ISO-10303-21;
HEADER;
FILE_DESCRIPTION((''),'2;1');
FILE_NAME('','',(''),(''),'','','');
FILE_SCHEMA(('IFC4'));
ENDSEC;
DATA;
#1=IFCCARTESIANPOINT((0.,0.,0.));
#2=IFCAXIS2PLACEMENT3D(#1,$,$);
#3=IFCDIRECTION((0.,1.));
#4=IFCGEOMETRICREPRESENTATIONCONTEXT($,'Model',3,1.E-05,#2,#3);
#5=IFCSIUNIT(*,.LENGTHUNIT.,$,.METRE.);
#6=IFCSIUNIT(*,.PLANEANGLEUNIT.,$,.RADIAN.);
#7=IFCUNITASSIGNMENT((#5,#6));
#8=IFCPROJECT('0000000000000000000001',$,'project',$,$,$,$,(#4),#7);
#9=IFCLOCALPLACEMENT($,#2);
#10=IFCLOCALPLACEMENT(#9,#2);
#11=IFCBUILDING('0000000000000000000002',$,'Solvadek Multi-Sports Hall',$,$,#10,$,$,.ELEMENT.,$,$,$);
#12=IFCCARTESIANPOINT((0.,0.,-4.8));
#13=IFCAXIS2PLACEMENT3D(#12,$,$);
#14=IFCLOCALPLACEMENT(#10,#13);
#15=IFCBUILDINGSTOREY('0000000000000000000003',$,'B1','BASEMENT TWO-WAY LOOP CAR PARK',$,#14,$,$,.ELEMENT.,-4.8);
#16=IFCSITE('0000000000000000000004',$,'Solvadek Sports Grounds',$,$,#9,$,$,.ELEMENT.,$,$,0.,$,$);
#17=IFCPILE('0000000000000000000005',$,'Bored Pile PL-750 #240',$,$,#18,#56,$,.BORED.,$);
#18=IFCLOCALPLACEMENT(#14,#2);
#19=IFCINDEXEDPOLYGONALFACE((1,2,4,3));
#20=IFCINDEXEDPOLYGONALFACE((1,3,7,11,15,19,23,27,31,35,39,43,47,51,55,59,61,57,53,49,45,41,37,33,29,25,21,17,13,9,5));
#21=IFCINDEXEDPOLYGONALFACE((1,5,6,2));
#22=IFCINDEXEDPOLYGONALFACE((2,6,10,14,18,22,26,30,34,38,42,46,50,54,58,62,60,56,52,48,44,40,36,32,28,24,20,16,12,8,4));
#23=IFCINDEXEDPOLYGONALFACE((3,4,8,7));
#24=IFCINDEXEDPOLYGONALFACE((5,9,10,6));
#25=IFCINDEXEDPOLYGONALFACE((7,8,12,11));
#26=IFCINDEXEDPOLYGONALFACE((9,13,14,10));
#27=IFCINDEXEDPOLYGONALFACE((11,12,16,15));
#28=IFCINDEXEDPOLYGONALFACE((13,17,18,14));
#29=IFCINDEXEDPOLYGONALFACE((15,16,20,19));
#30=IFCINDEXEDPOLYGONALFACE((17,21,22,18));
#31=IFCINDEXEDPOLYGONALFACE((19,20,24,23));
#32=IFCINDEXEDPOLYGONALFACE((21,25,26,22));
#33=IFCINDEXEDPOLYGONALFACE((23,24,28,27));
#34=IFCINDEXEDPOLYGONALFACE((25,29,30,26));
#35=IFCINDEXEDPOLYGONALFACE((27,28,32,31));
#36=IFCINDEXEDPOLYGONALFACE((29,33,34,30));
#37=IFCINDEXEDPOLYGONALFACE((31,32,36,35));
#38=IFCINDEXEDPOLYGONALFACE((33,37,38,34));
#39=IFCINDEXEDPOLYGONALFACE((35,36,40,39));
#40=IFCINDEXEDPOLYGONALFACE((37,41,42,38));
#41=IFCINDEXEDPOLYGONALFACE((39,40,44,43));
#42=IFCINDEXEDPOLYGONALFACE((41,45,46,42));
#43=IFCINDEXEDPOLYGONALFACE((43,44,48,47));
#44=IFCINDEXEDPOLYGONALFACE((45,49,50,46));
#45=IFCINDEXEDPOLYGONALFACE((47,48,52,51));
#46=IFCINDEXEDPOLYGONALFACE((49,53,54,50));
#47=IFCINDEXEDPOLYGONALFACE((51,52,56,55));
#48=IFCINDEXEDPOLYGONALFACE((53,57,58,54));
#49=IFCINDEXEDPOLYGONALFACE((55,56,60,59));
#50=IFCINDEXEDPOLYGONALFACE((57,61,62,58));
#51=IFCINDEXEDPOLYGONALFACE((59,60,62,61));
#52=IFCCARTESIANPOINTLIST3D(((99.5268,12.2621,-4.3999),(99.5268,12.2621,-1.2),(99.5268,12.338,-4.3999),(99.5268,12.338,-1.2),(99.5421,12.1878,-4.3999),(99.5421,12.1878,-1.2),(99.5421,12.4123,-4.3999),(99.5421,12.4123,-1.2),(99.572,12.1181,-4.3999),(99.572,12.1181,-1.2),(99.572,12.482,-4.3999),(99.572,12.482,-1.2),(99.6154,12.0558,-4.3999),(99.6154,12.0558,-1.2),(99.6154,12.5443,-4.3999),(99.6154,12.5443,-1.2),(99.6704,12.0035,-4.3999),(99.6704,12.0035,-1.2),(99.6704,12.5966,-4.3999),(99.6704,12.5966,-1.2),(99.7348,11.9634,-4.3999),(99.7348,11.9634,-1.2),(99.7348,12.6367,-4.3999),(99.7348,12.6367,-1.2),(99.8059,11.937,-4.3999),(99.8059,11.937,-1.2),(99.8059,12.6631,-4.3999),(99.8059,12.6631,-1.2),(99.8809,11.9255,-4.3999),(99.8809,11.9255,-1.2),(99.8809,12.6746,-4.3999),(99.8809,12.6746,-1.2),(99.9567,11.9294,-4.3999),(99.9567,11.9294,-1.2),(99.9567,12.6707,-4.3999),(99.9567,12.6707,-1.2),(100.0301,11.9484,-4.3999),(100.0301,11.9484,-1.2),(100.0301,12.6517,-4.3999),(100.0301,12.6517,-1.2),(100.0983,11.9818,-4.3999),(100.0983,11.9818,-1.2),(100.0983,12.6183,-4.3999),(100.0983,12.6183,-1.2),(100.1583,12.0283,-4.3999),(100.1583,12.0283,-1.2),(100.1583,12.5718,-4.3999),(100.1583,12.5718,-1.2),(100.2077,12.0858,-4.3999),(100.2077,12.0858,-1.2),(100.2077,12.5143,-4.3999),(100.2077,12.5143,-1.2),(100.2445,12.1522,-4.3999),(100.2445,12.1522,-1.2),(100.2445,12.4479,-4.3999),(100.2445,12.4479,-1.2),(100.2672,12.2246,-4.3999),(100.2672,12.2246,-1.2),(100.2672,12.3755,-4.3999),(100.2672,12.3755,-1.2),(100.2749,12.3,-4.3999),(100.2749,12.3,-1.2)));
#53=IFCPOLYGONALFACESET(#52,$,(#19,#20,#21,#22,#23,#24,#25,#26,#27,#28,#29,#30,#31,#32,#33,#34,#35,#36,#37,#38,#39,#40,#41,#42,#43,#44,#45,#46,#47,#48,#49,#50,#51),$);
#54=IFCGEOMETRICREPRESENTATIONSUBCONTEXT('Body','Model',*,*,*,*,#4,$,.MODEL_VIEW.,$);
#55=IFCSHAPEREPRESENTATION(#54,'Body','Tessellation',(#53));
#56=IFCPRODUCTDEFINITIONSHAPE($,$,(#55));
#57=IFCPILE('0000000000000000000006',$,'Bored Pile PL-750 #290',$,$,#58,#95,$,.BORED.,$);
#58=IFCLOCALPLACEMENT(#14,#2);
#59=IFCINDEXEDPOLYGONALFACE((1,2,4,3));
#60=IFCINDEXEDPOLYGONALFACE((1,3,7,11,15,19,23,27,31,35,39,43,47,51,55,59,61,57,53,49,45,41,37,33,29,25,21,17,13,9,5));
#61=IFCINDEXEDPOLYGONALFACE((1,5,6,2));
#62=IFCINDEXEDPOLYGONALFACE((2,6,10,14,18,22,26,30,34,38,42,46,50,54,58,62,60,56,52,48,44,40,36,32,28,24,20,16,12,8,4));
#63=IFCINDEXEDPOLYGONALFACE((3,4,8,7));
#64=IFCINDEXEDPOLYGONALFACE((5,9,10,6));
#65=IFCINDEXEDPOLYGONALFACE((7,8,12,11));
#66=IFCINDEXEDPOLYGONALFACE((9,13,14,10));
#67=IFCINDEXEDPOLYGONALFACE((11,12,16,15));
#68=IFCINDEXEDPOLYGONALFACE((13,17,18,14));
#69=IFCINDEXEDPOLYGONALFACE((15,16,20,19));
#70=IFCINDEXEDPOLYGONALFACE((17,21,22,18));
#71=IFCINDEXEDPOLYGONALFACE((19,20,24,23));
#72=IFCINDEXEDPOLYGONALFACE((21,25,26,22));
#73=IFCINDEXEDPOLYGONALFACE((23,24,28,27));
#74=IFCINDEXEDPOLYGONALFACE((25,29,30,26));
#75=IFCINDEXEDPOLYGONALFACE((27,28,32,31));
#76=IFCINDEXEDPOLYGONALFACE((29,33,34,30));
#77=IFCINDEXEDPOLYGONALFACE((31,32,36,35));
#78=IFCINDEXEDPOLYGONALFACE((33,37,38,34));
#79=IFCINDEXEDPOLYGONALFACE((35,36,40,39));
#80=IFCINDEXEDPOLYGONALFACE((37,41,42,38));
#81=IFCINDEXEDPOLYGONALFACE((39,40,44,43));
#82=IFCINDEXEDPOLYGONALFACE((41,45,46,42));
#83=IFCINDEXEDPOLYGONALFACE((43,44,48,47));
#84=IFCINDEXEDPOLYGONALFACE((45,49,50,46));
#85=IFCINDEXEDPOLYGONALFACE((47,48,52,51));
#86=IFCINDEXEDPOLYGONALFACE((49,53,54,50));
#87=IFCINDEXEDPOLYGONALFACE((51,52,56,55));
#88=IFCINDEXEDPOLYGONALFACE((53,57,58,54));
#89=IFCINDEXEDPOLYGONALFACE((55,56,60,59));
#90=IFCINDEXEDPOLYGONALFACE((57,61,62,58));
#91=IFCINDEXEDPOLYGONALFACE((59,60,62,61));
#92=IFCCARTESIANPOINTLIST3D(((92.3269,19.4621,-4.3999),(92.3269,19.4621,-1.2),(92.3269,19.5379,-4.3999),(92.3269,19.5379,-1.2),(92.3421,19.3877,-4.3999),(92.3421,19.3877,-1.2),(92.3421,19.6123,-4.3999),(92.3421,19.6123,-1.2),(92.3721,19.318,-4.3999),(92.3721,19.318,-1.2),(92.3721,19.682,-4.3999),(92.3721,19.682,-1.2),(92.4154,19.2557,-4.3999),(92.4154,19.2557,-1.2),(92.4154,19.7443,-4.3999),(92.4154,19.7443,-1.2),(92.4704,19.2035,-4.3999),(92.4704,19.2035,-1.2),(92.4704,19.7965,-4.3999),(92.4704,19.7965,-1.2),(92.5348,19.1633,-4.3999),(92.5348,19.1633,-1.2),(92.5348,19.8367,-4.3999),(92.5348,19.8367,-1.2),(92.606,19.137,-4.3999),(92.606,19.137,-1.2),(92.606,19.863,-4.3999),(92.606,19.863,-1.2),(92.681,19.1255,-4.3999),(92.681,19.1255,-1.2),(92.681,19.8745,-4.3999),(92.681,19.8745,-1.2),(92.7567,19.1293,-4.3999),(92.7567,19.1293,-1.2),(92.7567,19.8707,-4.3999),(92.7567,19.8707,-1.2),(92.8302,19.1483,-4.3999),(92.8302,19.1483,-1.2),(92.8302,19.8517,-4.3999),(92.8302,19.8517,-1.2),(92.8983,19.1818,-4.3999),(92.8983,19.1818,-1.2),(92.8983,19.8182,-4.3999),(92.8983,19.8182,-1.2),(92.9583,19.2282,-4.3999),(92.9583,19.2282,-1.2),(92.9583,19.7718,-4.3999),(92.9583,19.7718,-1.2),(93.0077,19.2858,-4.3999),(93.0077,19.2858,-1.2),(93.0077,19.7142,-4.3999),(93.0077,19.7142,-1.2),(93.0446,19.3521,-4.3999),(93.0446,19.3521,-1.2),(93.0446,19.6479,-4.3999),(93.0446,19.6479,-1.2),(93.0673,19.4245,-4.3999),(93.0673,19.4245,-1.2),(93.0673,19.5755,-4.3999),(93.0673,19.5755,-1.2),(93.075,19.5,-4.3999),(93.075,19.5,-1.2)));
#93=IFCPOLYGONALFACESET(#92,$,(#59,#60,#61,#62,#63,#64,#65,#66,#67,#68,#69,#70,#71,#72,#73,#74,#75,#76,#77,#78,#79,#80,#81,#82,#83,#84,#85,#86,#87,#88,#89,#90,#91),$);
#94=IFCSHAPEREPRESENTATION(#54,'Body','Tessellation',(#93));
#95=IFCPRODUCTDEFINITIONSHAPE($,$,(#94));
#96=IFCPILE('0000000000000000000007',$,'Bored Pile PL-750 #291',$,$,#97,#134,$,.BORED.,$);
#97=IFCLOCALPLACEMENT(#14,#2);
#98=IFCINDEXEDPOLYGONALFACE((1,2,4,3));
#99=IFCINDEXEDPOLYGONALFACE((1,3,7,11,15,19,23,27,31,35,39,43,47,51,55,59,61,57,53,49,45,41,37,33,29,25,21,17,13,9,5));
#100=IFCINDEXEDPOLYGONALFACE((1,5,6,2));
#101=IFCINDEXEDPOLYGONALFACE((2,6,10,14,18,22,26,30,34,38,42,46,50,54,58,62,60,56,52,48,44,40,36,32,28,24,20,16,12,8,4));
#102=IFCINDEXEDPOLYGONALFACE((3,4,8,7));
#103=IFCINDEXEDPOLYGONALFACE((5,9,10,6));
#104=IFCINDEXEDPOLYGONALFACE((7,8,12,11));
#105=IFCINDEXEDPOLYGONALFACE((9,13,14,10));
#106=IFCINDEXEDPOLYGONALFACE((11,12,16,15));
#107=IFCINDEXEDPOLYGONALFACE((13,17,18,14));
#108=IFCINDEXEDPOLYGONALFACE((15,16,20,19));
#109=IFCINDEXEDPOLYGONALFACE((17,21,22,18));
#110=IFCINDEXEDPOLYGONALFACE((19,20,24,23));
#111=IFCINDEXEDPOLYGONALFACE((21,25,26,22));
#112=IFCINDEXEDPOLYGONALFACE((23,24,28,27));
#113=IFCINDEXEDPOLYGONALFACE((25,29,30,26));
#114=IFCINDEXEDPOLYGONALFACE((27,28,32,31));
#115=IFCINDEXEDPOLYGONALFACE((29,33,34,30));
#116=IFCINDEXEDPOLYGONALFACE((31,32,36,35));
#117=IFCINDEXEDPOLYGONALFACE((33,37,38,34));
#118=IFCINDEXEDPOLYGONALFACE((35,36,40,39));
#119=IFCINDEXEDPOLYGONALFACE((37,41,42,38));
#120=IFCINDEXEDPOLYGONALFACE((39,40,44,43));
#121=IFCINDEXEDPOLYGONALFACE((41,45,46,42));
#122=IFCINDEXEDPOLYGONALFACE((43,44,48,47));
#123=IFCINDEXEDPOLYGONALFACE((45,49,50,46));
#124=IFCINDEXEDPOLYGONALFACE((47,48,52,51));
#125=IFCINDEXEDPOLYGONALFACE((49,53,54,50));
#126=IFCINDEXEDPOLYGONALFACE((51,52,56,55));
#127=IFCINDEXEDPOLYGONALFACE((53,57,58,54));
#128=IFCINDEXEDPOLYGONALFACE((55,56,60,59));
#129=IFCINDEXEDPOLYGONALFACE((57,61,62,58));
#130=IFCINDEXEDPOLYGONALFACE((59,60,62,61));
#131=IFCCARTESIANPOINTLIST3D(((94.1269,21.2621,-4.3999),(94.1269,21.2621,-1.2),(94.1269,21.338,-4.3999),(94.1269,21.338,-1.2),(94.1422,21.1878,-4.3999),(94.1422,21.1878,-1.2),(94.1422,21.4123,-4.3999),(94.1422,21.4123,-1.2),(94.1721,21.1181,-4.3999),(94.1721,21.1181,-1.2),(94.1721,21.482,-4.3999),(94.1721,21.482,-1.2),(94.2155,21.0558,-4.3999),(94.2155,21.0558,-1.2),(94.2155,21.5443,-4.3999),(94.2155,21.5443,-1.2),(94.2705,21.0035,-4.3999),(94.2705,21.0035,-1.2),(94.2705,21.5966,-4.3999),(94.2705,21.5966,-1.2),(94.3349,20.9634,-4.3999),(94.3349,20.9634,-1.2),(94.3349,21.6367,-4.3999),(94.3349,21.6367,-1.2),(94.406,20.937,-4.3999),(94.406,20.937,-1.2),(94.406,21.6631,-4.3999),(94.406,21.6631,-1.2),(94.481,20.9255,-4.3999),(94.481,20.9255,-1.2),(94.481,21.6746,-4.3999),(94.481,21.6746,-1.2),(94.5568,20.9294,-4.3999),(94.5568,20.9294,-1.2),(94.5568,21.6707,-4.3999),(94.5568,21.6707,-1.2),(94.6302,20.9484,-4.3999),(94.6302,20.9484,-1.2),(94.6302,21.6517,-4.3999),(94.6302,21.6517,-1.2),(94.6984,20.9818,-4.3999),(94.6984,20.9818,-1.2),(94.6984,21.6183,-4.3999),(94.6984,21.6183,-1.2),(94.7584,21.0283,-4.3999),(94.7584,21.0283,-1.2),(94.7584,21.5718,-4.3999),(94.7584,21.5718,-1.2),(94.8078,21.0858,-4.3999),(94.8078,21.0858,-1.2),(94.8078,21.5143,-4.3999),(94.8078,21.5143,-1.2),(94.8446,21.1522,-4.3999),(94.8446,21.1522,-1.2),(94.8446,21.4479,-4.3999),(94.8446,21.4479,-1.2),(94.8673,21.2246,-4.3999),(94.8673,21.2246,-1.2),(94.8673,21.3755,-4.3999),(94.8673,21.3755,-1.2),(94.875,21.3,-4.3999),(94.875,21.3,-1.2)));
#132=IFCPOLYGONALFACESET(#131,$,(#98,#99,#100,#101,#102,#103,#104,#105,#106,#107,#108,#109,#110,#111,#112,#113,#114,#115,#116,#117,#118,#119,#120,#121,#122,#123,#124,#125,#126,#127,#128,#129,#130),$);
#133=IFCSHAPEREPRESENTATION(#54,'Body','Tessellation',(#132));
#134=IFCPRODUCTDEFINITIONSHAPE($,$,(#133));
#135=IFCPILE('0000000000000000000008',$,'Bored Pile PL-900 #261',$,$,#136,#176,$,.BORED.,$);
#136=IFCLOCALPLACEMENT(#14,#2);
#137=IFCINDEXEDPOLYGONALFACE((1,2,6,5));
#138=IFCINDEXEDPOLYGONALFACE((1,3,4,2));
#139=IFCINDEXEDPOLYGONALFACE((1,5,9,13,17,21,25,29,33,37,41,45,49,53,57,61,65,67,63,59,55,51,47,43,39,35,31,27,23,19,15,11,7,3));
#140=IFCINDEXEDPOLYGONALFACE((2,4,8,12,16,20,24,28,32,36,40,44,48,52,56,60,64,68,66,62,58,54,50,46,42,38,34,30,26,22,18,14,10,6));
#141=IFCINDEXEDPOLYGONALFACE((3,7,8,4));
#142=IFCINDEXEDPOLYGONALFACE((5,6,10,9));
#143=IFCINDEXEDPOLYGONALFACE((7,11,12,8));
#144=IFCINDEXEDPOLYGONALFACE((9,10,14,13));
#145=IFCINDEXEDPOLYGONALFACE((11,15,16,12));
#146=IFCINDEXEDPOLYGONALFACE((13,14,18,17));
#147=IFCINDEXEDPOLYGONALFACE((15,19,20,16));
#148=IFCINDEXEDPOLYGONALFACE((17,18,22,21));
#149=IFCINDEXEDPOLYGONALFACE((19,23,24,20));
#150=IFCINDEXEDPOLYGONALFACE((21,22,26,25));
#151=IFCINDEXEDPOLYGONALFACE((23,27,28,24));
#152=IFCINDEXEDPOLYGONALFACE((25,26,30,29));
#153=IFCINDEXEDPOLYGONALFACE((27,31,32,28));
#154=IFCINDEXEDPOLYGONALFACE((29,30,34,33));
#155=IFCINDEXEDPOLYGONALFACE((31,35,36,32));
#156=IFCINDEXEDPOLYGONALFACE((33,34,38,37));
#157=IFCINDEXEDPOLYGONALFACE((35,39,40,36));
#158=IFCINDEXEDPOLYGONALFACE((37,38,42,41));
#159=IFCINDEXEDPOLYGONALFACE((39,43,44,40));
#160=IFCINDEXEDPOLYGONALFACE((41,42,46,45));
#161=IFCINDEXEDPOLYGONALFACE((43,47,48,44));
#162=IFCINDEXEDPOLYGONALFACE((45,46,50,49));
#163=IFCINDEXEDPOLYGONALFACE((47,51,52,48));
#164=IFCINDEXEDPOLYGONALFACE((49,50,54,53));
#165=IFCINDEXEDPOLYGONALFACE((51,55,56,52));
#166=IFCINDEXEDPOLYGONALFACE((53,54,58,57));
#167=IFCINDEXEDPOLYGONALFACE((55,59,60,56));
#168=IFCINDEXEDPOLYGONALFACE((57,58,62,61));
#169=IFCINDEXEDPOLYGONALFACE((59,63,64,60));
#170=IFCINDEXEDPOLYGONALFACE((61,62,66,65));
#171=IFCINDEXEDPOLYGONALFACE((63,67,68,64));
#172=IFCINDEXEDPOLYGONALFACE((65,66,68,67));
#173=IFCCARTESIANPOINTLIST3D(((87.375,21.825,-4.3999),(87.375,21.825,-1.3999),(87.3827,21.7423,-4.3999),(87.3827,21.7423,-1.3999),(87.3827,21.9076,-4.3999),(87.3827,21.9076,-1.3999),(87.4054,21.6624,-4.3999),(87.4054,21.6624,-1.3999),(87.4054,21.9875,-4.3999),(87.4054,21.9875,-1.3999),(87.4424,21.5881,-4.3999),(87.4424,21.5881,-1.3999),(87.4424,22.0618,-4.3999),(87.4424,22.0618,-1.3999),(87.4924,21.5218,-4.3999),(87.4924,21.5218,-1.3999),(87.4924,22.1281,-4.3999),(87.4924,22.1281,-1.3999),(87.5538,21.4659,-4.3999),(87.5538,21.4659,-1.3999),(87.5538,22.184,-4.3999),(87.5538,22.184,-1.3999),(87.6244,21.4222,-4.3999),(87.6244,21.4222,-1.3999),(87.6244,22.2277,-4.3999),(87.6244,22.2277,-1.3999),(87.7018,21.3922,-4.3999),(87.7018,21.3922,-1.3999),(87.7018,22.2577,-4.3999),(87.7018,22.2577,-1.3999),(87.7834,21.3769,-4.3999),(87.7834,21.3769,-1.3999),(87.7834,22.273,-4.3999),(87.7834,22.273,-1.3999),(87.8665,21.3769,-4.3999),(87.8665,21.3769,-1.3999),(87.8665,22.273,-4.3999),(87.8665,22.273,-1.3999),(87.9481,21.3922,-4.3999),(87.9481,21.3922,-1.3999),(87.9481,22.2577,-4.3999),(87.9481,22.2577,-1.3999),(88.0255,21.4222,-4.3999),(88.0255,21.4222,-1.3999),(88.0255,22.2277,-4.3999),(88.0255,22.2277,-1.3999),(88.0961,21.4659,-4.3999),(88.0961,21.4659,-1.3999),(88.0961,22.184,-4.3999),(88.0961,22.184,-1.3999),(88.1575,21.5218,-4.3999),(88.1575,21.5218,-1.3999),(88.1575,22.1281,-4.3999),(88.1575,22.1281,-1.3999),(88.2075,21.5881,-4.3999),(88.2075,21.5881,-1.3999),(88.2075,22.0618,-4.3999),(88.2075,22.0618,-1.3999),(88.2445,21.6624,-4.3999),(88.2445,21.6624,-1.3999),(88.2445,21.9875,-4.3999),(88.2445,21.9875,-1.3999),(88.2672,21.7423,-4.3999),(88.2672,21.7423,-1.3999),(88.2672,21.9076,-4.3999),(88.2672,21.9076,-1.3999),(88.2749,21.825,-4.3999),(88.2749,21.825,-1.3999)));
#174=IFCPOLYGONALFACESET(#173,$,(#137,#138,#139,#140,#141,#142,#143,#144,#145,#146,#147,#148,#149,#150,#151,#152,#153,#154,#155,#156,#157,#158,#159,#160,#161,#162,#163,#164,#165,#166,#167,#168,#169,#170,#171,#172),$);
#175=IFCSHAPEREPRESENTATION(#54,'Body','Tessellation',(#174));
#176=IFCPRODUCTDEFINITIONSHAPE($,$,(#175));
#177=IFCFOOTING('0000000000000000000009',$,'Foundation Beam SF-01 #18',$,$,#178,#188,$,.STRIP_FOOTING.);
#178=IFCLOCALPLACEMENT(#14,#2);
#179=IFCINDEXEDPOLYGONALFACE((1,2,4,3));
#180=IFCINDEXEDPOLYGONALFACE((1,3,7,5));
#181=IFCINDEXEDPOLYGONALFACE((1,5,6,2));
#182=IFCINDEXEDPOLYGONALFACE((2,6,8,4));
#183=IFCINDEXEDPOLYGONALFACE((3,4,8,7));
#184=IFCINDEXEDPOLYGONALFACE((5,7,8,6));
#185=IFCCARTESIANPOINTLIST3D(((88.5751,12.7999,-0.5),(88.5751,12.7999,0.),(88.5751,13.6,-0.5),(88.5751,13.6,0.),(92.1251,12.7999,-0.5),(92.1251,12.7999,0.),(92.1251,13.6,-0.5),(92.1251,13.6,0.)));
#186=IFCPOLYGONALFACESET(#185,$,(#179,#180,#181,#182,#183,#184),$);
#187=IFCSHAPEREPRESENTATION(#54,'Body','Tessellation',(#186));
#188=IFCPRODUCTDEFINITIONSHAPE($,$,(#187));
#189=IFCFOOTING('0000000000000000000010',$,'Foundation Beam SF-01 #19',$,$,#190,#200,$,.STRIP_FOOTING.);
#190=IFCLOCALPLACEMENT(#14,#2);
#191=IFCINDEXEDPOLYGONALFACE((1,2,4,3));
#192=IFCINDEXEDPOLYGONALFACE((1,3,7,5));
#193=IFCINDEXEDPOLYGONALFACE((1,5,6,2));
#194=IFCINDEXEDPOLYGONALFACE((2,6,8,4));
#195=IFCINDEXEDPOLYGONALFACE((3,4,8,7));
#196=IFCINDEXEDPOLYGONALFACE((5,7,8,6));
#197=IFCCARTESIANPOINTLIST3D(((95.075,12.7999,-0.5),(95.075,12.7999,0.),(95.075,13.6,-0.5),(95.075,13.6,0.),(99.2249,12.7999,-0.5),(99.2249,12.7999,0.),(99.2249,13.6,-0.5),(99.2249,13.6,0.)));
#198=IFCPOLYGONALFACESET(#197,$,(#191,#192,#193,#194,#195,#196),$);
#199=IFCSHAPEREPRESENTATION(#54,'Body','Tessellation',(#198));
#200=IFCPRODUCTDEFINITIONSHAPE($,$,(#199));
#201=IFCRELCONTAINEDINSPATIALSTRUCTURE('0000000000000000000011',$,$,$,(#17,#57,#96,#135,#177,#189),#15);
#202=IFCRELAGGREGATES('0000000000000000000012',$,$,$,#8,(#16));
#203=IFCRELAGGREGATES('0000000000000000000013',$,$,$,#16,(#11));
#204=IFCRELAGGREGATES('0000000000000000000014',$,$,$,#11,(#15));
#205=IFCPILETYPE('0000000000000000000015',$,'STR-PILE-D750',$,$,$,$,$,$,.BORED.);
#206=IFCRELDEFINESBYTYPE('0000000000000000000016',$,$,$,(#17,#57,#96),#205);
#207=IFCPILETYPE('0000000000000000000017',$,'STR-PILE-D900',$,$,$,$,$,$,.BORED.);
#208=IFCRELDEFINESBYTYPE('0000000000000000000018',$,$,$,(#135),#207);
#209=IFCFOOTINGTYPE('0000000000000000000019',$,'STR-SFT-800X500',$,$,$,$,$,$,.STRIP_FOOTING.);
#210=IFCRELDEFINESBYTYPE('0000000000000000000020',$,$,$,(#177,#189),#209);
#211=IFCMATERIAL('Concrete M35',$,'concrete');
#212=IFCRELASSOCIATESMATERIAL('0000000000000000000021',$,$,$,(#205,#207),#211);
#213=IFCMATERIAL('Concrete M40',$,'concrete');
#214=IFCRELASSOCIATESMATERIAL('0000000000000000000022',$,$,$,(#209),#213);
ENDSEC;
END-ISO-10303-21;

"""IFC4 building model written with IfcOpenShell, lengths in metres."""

from ifc_helpers import new_model, si_unit, direction, frame, origin, origin_2d, place, context, subcontext, project, spatial, rectangle, circle, extrude, material, material_profile, profile_set, type_object, element, save


model = new_model("IFC4")

# Units and contexts
model_context = context("Model", 3, precision=1e-05, world=origin(), true_north=direction((0.0, 1.0)))
body_context = subcontext(model_context, "Body", "Model", "MODEL_VIEW")
ifc_project = project(units=[si_unit("LENGTHUNIT", "METRE"), si_unit("PLANEANGLEUNIT", "RADIAN")], contexts=[model_context])

# Site, building, storey
site_placement = place(None, origin())
site = spatial("IfcSite", under=ifc_project, at=site_placement, Name="Solvadek Sports Grounds", CompositionType="ELEMENT", RefElevation=0.0)
building_placement = place(site_placement, origin())
building = spatial("IfcBuilding", under=site, at=building_placement, Name="Solvadek Multi-Sports Hall", CompositionType="ELEMENT")
storey_placement = place(building_placement, frame((0.0, 0.0, -4.8)))
storey = spatial("IfcBuildingStorey", under=building, at=storey_placement, Name="B1", Description="BASEMENT TWO-WAY LOOP CAR PARK", CompositionType="ELEMENT", Elevation=-4.8)

# Shared definitions
ifc_material_1 = material(Name="Concrete M40", Category="concrete")

# Piles
ifc_material_2 = material(Name="Concrete M35", Category="concrete")
ifc_material_profile_1 = material_profile(ifc_material_2, circle(Radius=0.375, at=origin_2d()), Name="BORED PILE D750")
ifc_profile_set_1 = profile_set([ifc_material_profile_1], Name="Concrete M35")
pile_type_1 = type_object("IfcPileType", Name="STR-PILE-D750", PredefinedType="BORED", material=ifc_profile_set_1)
for number, where, z_axis, x_axis, name in (
    (1, (99.8999, 12.3, -1.2), (0.0, 0.0, -1.0), (1.0, 0.0, 0.0), "Bored Pile PL-750 #240"),
    (2, (92.7, 19.5, -1.2), (0.0, 0.0, -1.0), (1.0, 0.0, 0.0), "Bored Pile PL-750 #290"),
    (3, (94.5, 21.3, -1.2), (0.0, 0.0, -1.0), (1.0, 0.0, 0.0), "Bored Pile PL-750 #291"),
):
    element("IfcPile", number, at=place(storey_placement, frame(where, z_axis=z_axis, x_axis=x_axis)), inside=storey, type_object=pile_type_1, Name=name, PredefinedType="BORED", context=body_context, shape_type="SweptSolid", body=[
        extrude(circle(Radius=0.375, at=origin_2d()), origin(), (0.0, 0.0, 1.0), 3.2),
    ])
ifc_material_profile_2 = material_profile(ifc_material_2, circle(Radius=0.45, at=origin_2d()), Name="BORED PILE D900")
ifc_profile_set_2 = profile_set([ifc_material_profile_2], Name="Concrete M35")
pile_type_2 = type_object("IfcPileType", Name="STR-PILE-D900", PredefinedType="BORED", material=ifc_profile_set_2)
pile_1_placement = place(storey_placement, frame((87.825, 21.825, -1.3999), z_axis=(0.0, 0.0, -1.0), x_axis=(1.0, 0.0, 0.0)))
element("IfcPile", 4, at=pile_1_placement, inside=storey, type_object=pile_type_2, Name="Bored Pile PL-900 #261", PredefinedType="BORED", context=body_context, shape_type="SweptSolid", body=[
    extrude(circle(Radius=0.45, at=origin_2d()), origin(), (0.0, 0.0, 1.0), 3.0),
])

# Footings
footing_type_1 = type_object("IfcFootingType", Name="STR-SFT-800X500", PredefinedType="STRIP_FOOTING", material=ifc_material_1)
footing_1_placement = place(storey_placement, frame((90.3501, 13.2, -0.5), z_axis=(0.0, 0.0, 1.0), x_axis=(1.0, 0.0, 0.0)))
element("IfcFooting", 5, at=footing_1_placement, inside=storey, type_object=footing_type_1, Name="Foundation Beam SF-01 #18", PredefinedType="STRIP_FOOTING", context=body_context, shape_type="SweptSolid", body=[
    extrude(rectangle(XDim=3.55, YDim=0.8, at=origin_2d()), origin(), (0.0, 0.0, 1.0), 0.5),
])
footing_2_placement = place(storey_placement, frame((97.1499, 13.2, -0.5), z_axis=(0.0, 0.0, 1.0), x_axis=(1.0, 0.0, 0.0)))
element("IfcFooting", 6, at=footing_2_placement, inside=storey, type_object=footing_type_1, Name="Foundation Beam SF-01 #19", PredefinedType="STRIP_FOOTING", context=body_context, shape_type="SweptSolid", body=[
    extrude(rectangle(XDim=4.1499, YDim=0.8, at=origin_2d()), origin(), (0.0, 0.0, 1.0), 0.5),
])

save(model, "model.ifc")
